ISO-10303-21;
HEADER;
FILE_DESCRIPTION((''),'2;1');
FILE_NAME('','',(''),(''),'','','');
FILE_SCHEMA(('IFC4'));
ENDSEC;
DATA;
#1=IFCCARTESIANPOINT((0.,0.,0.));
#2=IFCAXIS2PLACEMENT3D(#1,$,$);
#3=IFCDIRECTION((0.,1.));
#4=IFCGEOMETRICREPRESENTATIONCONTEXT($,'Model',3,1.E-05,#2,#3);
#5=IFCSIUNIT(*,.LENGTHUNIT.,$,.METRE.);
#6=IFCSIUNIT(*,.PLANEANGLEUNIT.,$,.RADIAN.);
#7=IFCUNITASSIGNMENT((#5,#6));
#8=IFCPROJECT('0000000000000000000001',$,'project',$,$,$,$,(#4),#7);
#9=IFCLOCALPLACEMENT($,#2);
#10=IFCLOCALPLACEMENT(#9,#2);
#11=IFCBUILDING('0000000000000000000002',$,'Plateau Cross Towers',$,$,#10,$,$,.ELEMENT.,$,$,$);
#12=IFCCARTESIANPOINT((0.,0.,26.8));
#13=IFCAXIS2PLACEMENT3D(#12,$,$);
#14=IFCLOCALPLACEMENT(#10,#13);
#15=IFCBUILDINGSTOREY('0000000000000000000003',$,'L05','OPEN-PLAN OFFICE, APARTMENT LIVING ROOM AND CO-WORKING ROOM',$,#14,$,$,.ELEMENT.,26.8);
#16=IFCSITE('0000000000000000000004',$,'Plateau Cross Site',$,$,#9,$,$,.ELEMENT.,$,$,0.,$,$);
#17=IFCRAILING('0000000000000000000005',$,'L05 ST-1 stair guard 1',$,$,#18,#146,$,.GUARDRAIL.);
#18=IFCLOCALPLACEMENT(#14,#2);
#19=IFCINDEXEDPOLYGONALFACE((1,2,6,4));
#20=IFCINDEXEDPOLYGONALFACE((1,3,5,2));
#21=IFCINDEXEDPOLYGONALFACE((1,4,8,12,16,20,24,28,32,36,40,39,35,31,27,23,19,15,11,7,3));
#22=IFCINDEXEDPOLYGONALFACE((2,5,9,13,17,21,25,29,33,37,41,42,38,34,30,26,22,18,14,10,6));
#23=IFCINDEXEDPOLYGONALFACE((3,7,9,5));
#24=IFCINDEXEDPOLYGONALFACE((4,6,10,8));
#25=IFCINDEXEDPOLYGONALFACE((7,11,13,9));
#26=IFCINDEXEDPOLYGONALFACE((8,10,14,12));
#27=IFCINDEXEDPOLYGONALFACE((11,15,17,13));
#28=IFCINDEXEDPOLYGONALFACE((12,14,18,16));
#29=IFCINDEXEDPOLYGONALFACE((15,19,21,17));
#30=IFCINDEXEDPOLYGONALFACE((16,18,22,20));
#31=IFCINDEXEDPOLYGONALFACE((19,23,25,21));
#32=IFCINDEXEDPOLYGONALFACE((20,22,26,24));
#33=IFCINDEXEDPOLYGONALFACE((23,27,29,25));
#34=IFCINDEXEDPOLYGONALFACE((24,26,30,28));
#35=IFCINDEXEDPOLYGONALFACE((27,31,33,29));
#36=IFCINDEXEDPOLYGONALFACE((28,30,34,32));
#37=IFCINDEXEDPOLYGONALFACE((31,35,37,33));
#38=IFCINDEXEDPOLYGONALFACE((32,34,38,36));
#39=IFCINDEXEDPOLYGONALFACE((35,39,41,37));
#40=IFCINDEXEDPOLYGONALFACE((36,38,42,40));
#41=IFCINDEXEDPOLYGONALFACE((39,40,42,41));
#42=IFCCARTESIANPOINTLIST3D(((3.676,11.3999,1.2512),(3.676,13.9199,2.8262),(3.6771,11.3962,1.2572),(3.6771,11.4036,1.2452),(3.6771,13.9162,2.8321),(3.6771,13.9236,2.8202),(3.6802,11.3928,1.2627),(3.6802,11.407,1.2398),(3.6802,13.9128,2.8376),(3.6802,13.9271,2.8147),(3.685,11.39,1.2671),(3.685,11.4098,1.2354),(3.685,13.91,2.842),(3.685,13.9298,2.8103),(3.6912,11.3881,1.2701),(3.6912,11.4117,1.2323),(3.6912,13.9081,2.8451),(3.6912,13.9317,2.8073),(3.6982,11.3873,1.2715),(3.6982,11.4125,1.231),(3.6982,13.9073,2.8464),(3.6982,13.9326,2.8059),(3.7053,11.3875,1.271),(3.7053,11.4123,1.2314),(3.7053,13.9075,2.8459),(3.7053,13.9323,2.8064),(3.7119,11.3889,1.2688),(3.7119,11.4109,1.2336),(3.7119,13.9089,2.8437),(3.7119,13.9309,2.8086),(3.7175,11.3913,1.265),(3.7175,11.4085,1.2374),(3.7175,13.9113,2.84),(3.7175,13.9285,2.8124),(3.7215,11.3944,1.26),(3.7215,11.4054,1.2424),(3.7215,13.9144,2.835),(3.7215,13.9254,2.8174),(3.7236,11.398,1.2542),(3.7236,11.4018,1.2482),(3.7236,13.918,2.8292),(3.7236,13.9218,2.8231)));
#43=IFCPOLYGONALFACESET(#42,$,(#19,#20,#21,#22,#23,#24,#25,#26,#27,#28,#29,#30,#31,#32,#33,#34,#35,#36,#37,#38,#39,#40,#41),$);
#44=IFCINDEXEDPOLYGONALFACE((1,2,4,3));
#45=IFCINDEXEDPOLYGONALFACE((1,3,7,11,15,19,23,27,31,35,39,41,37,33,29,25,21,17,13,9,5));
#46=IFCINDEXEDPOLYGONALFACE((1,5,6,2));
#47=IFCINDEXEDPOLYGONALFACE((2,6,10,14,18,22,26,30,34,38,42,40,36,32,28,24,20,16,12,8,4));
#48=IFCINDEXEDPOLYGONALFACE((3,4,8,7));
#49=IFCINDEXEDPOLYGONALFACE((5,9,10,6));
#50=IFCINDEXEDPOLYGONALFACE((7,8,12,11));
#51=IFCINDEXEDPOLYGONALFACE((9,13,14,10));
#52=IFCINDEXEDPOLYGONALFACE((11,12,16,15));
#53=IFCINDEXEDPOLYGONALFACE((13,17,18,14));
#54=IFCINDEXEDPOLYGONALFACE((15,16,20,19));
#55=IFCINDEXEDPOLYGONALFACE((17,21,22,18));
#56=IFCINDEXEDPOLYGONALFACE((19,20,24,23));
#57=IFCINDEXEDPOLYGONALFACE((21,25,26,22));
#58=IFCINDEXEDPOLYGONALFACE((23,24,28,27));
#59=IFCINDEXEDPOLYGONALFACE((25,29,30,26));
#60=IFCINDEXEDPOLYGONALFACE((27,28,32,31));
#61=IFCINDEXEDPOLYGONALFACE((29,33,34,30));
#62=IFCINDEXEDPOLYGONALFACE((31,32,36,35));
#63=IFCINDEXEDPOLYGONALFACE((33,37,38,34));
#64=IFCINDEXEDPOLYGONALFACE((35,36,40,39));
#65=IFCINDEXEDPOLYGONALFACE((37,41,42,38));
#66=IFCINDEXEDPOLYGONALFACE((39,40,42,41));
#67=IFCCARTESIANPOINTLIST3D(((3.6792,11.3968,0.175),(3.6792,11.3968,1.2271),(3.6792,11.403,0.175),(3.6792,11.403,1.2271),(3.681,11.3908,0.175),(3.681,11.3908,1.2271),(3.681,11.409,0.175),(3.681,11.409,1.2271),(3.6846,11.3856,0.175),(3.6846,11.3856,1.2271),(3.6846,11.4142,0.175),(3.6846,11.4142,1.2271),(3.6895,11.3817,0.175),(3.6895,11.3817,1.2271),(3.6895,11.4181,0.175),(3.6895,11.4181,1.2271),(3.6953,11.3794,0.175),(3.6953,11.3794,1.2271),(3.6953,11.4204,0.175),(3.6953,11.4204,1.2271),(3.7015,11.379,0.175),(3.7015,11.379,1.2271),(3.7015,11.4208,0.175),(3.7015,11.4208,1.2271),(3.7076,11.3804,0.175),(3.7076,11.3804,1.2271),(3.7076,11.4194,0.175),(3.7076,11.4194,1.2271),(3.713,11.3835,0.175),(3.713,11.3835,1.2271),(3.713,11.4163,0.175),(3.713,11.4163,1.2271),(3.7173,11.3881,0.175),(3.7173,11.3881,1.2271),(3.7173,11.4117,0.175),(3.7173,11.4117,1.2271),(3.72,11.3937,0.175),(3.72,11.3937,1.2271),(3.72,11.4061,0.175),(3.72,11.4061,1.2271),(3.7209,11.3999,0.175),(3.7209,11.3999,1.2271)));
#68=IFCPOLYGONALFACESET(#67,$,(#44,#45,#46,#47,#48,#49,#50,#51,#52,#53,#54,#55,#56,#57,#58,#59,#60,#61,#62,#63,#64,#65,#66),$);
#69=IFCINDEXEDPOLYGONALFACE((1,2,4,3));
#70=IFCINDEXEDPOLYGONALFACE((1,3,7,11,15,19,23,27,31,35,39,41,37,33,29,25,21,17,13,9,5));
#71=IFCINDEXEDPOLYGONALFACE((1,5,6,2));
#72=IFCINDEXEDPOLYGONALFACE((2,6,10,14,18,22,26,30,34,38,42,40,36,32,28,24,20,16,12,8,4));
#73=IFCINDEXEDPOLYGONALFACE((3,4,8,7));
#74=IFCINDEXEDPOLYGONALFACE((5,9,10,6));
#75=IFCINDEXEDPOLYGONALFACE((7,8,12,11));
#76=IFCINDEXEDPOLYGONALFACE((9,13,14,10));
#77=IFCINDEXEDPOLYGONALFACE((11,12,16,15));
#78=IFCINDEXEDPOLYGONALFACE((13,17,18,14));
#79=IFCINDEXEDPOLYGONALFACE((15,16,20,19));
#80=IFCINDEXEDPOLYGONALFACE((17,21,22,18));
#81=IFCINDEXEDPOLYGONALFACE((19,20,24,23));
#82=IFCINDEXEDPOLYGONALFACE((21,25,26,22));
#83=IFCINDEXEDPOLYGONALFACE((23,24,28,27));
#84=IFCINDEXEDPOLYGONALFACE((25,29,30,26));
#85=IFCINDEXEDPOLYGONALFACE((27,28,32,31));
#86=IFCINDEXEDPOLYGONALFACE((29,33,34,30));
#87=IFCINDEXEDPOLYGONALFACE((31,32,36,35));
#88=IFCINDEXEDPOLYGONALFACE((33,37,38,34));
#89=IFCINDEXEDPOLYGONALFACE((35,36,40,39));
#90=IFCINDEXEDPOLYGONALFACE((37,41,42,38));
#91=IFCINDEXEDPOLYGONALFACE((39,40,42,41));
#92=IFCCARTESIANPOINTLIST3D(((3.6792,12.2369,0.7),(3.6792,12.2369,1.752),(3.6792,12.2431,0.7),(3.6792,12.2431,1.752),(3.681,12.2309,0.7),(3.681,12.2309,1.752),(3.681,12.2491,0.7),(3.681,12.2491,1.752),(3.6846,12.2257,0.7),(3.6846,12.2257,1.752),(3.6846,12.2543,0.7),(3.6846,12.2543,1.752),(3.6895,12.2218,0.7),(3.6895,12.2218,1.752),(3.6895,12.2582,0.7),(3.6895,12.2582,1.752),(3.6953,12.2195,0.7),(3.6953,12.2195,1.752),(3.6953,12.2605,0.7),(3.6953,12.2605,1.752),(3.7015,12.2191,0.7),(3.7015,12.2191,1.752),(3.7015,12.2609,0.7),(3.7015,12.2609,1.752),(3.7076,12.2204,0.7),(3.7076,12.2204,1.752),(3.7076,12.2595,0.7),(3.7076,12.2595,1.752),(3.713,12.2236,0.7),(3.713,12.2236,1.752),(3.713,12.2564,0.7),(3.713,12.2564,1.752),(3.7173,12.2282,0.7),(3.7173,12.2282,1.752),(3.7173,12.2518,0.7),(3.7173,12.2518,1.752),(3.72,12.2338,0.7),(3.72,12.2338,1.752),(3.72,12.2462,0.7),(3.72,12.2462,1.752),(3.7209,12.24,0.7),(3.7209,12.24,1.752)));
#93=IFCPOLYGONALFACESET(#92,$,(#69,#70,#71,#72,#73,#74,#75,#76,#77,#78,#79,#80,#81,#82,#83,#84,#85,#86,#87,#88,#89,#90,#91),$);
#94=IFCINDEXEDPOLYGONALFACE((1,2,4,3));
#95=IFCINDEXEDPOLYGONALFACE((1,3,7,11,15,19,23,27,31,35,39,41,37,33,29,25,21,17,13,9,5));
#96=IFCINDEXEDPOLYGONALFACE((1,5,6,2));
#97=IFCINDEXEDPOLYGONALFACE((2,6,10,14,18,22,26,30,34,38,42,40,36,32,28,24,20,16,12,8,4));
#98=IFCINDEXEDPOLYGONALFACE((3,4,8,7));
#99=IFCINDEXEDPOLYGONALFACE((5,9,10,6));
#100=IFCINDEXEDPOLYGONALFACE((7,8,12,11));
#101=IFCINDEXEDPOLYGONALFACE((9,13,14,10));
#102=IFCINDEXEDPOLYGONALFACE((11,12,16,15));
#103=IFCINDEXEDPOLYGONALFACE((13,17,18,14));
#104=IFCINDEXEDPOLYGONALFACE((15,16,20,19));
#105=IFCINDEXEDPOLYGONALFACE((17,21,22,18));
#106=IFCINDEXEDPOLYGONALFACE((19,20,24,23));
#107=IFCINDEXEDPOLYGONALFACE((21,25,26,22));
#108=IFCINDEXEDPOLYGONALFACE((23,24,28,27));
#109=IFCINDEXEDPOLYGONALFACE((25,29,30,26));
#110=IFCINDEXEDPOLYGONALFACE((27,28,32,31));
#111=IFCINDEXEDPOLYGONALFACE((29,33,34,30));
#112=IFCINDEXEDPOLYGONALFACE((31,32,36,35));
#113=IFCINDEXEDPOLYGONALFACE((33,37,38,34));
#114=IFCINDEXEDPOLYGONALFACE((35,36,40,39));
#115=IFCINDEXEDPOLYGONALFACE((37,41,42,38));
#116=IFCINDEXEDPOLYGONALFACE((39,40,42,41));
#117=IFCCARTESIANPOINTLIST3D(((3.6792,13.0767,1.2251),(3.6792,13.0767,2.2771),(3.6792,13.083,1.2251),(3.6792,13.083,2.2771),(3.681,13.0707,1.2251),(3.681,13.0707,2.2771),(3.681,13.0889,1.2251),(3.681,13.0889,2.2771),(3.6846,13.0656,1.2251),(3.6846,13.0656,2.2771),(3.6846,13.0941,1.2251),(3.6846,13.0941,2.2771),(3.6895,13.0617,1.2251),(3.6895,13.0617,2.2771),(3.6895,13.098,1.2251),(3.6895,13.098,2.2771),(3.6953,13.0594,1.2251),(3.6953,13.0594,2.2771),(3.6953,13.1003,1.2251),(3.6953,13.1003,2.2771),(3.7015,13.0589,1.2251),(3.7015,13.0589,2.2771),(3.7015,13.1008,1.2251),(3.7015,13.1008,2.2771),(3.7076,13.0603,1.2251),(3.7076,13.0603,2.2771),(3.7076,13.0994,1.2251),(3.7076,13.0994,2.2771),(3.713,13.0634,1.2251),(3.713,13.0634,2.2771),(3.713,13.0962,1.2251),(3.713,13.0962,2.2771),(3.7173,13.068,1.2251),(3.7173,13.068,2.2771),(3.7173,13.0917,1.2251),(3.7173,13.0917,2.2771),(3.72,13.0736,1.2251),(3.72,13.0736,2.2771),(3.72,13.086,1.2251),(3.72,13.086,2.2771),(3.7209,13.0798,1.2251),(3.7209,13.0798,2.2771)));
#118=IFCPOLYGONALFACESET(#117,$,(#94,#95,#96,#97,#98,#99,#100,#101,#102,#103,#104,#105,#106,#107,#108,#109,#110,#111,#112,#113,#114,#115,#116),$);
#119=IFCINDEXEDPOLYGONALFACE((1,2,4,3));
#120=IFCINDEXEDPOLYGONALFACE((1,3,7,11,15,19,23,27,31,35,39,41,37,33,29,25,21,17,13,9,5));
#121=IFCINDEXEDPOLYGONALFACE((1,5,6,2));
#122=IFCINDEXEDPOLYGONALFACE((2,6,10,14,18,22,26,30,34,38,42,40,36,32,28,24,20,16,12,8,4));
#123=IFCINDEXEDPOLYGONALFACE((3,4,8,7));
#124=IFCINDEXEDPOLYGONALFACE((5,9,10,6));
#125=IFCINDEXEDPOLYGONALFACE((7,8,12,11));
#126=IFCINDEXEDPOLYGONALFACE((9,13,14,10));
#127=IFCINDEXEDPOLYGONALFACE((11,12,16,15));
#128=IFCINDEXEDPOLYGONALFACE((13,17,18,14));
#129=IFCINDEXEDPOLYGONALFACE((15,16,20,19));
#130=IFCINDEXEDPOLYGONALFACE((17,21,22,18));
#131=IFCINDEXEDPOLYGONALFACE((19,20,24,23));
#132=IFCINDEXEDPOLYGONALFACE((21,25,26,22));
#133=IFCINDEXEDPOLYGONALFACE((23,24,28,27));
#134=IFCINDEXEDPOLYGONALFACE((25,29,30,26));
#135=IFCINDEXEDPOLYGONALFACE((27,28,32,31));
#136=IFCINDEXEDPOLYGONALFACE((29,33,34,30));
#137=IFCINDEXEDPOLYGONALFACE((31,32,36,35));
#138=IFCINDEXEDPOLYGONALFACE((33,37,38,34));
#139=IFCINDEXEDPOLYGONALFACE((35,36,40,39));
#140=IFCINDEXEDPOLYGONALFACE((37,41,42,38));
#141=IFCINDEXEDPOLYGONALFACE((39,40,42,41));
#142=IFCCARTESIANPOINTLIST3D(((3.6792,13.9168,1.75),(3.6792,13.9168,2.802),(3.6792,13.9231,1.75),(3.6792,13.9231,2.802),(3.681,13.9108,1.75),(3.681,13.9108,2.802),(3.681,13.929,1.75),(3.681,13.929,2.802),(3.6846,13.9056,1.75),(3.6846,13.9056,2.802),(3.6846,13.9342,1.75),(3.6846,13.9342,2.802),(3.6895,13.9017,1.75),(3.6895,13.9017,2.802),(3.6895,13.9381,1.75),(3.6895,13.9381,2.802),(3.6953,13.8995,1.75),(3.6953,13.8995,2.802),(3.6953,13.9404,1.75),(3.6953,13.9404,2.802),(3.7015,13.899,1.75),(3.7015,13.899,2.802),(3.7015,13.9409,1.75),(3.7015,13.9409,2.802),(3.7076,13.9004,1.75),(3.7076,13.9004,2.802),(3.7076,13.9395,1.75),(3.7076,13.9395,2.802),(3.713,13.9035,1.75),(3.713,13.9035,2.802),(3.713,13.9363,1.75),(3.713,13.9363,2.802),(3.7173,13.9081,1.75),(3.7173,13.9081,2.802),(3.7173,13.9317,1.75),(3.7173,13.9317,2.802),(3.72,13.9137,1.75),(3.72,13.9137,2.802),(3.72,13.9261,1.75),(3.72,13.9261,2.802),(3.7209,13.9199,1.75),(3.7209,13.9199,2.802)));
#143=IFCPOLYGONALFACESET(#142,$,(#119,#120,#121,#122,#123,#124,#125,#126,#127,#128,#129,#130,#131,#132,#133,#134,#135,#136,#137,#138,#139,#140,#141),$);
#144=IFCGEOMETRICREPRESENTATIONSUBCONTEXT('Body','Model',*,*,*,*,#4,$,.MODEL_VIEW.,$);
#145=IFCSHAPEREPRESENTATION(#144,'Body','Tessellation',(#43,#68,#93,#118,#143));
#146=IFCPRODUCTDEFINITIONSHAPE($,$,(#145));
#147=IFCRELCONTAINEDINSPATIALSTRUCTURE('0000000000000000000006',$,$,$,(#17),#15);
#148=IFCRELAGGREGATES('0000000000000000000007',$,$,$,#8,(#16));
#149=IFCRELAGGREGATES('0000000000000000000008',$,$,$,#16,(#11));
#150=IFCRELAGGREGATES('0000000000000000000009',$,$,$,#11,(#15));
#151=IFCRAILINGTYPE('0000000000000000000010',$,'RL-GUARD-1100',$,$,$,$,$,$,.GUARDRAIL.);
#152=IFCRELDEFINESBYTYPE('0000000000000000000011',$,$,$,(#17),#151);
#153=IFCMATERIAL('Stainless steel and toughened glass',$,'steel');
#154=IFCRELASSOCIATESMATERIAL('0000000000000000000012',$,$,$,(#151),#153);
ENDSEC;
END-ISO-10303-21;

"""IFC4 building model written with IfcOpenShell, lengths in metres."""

from ifc_helpers import new_model, si_unit, direction, frame, origin, origin_2d, place, context, subcontext, project, spatial, circle, extrude, material, type_object, element, save


model = new_model("IFC4")

# Units and contexts
model_context = context("Model", 3, precision=1e-05, world=origin(), true_north=direction((0.0, 1.0)))
body_context = subcontext(model_context, "Body", "Model", "MODEL_VIEW")
ifc_project = project(units=[si_unit("LENGTHUNIT", "METRE"), si_unit("PLANEANGLEUNIT", "RADIAN")], contexts=[model_context])

# Site, building, storey
site_placement = place(None, origin())
site = spatial("IfcSite", under=ifc_project, at=site_placement, Name="Plateau Cross Site", CompositionType="ELEMENT", RefElevation=0.0)
building_placement = place(site_placement, origin())
building = spatial("IfcBuilding", under=site, at=building_placement, Name="Plateau Cross Towers", CompositionType="ELEMENT")
storey_placement = place(building_placement, frame((0.0, 0.0, 26.8)))
storey = spatial("IfcBuildingStorey", under=building, at=storey_placement, Name="L05", Description="OPEN-PLAN OFFICE, APARTMENT LIVING ROOM AND CO-WORKING ROOM", CompositionType="ELEMENT", Elevation=26.8)

# Railing
ifc_material_1 = material(Name="Stainless steel and toughened glass", Category="steel")
railing_type_1 = type_object("IfcRailingType", Name="RL-GUARD-1100", PredefinedType="GUARDRAIL", material=ifc_material_1)
railing_1_placement = place(storey_placement, frame((3.7, 11.3999, 0.175)))
element("IfcRailing", 1, at=railing_1_placement, inside=storey, type_object=railing_type_1, Name="L05 ST-1 stair guard 1", PredefinedType="GUARDRAIL", context=body_context, shape_type="SweptSolid", body=[
    extrude(circle(Radius=0.0239, at=origin_2d()), frame((0.0, 0.0, 1.0762), z_axis=(0.0, 0.848008, 0.529984), x_axis=(-1.0, 0.0, 0.0)), (0.0, 0.0, 1.0), 2.9717),
    extrude(circle(Radius=0.021, at=origin_2d()), origin(), (0.0, 0.0, 1.0), 1.052),
    extrude(circle(Radius=0.021, at=origin_2d()), frame((0.0, 0.8401, 0.5249)), (0.0, 0.0, 1.0), 1.052),
    extrude(circle(Radius=0.021, at=origin_2d()), frame((0.0, 1.6799, 1.05)), (0.0, 0.0, 1.0), 1.052),
    extrude(circle(Radius=0.021, at=origin_2d()), frame((0.0, 2.52, 1.575)), (0.0, 0.0, 1.0), 1.052),
])

save(model, "model.ifc")
